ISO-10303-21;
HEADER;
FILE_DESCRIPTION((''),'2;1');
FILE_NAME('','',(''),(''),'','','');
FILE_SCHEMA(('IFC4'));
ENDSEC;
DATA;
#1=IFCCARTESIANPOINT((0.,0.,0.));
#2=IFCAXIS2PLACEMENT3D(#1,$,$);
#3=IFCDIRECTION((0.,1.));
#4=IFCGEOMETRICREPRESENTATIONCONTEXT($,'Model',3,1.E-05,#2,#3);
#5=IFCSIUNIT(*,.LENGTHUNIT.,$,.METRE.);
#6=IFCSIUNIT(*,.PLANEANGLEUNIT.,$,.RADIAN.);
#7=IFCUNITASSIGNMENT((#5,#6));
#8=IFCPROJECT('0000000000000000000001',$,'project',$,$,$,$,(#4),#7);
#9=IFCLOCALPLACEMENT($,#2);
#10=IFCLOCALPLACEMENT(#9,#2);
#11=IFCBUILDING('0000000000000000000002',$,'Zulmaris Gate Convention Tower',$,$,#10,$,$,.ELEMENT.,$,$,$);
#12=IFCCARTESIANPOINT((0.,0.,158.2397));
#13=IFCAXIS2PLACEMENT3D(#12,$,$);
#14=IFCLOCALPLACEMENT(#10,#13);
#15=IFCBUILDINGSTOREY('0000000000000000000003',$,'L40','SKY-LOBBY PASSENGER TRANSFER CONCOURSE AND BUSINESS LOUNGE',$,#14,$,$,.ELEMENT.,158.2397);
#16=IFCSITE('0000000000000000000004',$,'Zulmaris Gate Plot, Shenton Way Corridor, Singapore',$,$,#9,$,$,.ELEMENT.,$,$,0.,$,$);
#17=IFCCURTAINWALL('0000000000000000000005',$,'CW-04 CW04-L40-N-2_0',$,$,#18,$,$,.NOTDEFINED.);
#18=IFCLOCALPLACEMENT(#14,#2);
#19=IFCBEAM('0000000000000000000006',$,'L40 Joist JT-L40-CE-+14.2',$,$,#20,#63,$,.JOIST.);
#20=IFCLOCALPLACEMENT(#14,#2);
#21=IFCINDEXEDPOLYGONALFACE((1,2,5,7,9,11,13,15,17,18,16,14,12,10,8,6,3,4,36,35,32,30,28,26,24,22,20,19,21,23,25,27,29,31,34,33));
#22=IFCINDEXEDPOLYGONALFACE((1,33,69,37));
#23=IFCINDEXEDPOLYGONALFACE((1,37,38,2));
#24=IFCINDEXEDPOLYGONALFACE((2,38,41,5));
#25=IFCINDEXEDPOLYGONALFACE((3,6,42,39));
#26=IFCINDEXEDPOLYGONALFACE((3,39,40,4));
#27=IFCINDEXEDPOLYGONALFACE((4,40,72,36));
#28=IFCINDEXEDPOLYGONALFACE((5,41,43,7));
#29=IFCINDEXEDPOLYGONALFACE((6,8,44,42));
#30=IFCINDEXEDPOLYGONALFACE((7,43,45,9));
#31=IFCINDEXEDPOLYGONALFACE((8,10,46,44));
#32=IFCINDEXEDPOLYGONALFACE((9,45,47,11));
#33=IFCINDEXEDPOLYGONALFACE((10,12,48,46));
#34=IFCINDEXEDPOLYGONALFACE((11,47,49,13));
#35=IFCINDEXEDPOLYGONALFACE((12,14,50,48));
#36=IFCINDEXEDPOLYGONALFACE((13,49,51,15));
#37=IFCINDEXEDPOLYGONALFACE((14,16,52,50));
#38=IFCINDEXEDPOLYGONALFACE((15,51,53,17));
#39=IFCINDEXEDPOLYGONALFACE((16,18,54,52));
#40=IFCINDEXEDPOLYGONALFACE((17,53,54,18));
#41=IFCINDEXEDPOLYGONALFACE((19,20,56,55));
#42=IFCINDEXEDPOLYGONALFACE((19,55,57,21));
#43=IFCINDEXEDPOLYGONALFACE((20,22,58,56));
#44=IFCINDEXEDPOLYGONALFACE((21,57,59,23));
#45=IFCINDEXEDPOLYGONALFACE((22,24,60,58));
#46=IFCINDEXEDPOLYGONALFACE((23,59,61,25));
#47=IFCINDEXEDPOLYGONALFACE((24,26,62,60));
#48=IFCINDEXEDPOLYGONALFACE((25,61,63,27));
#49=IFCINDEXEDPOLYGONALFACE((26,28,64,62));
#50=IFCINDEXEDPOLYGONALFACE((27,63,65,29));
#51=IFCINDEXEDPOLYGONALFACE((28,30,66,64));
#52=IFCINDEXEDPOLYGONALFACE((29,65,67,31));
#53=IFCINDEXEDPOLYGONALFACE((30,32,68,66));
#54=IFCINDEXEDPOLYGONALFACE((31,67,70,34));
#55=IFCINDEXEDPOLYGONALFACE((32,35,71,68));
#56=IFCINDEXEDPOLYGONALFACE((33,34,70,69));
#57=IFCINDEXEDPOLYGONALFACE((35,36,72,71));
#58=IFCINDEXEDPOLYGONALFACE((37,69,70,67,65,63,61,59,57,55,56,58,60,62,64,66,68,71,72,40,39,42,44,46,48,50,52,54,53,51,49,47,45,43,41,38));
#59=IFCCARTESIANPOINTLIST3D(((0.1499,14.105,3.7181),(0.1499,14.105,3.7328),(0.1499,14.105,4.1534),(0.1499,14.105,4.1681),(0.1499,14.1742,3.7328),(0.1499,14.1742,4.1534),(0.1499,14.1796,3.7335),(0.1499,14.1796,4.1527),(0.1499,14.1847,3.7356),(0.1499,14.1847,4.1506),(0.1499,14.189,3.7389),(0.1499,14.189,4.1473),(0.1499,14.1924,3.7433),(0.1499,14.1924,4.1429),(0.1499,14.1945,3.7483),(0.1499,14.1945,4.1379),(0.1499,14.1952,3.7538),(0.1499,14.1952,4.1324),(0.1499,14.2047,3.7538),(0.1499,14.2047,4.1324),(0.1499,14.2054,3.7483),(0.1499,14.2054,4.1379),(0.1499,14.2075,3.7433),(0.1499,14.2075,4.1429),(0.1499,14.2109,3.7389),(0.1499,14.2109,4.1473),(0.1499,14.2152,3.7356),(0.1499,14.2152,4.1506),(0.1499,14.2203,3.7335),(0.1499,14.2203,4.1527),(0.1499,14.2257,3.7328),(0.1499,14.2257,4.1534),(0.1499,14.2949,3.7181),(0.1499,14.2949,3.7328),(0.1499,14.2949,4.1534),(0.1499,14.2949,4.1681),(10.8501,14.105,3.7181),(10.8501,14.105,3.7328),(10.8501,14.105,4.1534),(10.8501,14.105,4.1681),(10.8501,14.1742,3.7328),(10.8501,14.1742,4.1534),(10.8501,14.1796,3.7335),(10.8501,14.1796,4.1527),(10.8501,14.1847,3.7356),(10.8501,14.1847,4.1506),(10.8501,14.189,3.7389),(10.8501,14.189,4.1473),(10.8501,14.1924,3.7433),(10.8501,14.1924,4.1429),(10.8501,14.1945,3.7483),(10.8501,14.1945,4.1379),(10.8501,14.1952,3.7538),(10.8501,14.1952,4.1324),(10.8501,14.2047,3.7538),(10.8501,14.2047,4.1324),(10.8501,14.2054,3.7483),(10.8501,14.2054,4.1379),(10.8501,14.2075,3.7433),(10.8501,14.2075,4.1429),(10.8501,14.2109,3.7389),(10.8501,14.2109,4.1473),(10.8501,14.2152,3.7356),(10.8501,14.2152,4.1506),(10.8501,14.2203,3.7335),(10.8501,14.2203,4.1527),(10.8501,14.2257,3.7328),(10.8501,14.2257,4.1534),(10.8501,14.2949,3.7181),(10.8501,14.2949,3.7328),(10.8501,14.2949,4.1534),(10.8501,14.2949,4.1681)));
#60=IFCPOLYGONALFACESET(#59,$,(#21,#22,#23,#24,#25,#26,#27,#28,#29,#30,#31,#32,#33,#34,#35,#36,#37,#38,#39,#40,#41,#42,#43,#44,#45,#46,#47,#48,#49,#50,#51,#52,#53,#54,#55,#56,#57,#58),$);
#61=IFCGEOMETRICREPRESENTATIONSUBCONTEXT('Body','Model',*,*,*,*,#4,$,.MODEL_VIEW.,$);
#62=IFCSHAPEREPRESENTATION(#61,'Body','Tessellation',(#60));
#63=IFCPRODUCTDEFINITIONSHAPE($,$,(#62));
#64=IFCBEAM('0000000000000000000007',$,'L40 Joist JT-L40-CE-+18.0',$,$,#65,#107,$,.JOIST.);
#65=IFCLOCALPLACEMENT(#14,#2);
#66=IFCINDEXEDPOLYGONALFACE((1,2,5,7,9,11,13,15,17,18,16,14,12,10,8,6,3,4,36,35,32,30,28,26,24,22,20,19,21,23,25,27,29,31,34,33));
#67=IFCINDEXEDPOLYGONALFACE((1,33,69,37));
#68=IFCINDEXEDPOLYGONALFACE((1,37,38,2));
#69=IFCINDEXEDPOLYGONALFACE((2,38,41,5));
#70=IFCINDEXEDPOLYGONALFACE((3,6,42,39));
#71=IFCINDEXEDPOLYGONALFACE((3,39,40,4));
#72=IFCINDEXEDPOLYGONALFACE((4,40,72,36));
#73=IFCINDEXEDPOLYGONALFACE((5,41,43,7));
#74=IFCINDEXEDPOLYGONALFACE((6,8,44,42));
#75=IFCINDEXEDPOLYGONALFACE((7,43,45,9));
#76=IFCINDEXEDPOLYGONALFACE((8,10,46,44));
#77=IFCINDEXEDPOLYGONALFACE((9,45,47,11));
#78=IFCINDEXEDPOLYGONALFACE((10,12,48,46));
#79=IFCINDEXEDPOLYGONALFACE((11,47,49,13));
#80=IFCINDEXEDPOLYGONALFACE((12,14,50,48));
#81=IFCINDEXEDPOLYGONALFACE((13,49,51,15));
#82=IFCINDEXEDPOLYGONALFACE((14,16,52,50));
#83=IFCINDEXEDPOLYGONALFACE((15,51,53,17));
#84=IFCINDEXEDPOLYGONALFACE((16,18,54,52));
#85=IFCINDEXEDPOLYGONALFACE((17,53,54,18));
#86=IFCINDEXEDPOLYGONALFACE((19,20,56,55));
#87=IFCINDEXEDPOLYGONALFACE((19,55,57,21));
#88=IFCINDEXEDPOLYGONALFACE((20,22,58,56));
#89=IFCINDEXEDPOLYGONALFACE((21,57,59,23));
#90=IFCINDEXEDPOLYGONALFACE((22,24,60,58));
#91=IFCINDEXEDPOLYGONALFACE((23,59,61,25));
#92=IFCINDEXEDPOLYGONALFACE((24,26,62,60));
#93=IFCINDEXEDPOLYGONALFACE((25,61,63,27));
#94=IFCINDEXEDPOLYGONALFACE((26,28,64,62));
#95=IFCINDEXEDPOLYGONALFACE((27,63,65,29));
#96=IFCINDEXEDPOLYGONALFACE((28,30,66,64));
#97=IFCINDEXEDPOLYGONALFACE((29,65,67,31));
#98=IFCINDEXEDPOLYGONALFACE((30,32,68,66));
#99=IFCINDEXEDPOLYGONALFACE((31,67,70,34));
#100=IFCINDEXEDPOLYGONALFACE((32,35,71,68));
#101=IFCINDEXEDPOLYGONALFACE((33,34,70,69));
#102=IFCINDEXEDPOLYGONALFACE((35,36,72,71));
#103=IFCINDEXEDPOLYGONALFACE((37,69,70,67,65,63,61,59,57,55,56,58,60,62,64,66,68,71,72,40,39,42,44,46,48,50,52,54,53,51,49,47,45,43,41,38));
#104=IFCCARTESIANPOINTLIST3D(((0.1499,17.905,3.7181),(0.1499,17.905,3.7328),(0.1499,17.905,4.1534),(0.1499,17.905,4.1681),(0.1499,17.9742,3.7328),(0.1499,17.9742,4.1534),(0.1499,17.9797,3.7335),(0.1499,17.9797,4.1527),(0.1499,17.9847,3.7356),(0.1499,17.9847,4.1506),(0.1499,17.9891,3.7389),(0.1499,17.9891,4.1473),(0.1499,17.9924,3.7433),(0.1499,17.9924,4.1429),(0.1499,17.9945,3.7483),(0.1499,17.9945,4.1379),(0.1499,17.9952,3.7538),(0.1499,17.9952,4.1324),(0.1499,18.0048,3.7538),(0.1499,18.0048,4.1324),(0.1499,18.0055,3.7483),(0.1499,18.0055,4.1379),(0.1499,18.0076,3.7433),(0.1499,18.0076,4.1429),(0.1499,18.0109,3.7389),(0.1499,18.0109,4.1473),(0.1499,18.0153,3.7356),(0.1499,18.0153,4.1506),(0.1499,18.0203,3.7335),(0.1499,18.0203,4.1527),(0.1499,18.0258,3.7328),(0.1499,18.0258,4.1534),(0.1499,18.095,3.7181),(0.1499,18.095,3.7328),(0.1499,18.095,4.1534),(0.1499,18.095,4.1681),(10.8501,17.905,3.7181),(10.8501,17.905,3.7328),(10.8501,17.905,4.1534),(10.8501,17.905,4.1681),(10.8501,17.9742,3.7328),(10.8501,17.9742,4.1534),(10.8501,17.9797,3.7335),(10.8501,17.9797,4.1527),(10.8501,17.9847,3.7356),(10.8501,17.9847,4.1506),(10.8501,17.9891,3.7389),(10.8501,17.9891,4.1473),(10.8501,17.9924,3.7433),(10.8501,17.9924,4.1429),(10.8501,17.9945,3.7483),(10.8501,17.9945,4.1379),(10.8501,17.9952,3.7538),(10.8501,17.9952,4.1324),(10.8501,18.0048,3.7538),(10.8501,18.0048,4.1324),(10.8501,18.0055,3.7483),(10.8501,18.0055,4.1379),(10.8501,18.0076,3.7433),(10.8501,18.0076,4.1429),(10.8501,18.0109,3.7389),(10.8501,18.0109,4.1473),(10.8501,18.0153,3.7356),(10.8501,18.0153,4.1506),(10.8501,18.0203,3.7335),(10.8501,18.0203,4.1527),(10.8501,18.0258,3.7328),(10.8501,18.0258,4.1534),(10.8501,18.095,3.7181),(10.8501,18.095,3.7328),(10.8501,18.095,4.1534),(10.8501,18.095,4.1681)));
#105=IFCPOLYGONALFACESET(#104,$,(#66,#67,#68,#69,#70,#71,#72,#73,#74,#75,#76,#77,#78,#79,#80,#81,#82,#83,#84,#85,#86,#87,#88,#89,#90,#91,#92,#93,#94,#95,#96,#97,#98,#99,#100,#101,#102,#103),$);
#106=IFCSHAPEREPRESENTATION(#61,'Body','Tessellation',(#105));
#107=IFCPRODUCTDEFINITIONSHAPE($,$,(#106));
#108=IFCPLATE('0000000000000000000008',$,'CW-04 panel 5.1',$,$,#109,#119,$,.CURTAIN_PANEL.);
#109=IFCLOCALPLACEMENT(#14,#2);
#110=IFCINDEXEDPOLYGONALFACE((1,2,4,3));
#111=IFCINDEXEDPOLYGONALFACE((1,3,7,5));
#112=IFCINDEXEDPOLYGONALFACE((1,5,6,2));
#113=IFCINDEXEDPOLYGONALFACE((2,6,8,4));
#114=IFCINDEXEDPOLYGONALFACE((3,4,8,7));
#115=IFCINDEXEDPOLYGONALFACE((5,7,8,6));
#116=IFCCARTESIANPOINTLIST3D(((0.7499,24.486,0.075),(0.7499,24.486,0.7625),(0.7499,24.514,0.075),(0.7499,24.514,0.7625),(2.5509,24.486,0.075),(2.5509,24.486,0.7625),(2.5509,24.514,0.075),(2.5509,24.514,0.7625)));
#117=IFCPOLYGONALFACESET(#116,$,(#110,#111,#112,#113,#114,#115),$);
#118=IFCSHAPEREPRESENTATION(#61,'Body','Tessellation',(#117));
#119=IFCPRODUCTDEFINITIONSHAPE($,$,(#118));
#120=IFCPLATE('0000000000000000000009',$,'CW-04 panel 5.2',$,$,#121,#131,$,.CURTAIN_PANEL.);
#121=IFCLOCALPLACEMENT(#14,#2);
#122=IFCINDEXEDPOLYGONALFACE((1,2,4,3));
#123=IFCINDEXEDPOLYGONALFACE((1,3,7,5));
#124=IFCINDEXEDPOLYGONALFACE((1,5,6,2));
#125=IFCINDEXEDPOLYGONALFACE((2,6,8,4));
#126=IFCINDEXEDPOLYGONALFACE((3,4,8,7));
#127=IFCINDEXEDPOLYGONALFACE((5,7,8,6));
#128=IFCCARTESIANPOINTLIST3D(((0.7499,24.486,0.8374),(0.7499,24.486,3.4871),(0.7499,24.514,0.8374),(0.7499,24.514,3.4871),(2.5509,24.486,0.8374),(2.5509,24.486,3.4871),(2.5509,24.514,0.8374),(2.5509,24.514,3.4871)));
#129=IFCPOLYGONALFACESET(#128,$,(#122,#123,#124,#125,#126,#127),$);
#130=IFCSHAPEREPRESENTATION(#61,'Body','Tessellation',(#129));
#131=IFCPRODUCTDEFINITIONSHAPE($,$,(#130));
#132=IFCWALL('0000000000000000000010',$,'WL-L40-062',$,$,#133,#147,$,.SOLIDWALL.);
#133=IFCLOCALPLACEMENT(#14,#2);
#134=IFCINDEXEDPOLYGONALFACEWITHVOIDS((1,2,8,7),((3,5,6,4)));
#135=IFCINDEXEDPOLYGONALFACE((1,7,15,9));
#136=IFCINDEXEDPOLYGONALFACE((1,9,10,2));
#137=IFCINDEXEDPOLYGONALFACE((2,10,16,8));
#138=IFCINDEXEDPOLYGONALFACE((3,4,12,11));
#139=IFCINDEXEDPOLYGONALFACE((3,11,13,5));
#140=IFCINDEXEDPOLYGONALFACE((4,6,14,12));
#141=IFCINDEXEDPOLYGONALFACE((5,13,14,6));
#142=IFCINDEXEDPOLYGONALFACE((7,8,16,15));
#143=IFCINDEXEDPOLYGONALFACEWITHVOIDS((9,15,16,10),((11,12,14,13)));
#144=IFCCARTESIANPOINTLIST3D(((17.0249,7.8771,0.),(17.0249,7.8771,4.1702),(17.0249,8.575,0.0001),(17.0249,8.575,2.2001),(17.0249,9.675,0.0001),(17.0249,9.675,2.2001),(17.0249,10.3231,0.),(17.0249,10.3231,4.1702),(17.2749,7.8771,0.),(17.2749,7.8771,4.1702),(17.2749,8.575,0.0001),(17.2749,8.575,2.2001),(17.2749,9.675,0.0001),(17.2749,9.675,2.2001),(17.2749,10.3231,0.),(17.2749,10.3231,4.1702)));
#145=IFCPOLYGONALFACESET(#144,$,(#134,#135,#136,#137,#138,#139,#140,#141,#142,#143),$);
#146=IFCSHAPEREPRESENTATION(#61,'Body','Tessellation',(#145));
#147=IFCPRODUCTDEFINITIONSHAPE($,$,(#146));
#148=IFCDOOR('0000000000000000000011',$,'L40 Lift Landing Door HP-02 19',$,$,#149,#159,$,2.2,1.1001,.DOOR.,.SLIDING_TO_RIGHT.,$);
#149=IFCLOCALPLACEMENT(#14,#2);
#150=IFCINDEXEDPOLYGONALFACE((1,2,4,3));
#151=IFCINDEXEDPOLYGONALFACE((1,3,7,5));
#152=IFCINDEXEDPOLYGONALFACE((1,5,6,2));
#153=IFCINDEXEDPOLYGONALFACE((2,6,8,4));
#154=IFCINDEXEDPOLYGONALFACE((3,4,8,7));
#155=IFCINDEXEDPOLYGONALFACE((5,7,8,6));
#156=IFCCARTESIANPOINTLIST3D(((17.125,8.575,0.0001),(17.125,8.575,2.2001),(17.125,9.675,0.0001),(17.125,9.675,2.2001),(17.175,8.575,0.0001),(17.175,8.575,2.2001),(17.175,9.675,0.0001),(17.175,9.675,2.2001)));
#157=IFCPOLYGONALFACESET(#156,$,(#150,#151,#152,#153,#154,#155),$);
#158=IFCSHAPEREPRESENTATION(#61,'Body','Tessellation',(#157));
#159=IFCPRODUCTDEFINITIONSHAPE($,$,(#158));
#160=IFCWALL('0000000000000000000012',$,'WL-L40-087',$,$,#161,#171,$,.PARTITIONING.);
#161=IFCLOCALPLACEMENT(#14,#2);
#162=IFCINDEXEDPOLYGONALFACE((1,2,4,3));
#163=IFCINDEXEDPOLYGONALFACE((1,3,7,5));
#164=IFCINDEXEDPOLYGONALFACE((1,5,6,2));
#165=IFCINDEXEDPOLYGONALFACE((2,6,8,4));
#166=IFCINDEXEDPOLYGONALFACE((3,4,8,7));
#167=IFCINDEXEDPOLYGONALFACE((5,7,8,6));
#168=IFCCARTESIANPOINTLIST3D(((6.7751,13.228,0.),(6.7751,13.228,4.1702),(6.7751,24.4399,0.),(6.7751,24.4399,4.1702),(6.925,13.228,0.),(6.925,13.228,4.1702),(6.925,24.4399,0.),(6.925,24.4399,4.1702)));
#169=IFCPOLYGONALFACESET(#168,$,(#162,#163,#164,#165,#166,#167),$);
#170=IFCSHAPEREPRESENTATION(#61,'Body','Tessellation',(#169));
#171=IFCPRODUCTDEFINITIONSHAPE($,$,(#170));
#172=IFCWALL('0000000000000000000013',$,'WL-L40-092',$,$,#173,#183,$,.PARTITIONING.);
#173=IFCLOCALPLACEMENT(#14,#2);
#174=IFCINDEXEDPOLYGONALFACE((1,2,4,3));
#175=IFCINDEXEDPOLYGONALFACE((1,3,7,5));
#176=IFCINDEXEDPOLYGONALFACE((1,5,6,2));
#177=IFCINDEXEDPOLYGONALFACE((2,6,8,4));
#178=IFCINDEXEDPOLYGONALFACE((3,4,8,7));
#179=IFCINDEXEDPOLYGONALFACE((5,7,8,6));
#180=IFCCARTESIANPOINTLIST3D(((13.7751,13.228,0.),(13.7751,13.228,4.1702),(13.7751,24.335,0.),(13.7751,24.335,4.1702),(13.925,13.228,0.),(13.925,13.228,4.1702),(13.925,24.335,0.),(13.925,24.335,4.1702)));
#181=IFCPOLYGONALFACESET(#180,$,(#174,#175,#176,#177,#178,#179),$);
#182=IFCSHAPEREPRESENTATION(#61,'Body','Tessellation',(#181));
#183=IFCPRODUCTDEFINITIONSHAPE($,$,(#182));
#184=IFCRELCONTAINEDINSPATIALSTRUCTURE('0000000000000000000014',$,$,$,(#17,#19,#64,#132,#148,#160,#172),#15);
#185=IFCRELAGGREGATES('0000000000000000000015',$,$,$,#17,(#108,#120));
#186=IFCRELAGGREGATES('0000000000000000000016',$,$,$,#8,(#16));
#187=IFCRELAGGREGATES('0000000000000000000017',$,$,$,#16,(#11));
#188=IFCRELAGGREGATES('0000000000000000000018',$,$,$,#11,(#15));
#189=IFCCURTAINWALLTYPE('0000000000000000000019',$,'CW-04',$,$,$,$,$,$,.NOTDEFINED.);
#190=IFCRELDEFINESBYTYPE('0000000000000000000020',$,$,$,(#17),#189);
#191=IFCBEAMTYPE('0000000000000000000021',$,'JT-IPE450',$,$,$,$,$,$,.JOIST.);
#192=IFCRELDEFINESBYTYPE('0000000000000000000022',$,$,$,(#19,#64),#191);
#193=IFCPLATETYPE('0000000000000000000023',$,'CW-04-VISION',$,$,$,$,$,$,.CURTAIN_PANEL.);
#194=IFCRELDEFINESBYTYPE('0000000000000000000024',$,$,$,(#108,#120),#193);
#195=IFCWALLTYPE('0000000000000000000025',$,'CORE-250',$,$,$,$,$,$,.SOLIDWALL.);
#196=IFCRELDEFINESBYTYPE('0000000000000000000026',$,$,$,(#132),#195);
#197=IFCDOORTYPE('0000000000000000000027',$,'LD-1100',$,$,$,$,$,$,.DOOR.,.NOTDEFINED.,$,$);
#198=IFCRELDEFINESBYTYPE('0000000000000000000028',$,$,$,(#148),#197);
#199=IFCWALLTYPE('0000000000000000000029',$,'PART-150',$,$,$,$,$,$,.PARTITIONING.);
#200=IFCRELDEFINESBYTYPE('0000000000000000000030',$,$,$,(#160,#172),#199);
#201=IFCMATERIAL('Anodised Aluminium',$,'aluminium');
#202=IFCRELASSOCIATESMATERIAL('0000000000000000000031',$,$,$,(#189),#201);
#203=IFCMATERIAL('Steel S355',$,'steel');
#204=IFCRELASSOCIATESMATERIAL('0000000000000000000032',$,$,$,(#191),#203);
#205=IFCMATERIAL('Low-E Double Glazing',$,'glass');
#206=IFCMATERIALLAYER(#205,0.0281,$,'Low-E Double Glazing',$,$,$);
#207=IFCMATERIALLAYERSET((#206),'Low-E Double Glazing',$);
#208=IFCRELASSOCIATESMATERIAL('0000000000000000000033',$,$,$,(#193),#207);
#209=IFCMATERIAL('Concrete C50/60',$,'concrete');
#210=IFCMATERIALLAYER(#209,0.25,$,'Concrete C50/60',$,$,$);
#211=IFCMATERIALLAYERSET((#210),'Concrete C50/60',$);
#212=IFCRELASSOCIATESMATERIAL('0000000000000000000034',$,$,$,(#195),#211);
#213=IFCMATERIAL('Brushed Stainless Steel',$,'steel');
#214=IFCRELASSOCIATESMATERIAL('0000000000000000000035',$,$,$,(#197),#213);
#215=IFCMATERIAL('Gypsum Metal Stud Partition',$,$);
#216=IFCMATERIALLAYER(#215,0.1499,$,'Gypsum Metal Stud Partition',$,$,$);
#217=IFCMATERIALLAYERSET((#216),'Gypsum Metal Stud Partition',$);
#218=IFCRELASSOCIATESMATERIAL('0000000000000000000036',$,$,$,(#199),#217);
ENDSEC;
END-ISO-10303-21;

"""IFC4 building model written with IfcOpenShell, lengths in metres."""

from ifc_helpers import new_model, si_unit, direction, frame, frame_2d, origin, origin_2d, place, context, subcontext, project, spatial, rectangle, i_section, extrude, material, layer, layer_set, material_profile, profile_set, type_object, element, fill, aggregate, save


model = new_model("IFC4")

# Units and contexts
model_context = context("Model", 3, precision=1e-05, world=origin(), true_north=direction((0.0, 1.0)))
body_context = subcontext(model_context, "Body", "Model", "MODEL_VIEW")
ifc_project = project(units=[si_unit("LENGTHUNIT", "METRE"), si_unit("PLANEANGLEUNIT", "RADIAN")], contexts=[model_context])

# Site, building, storey
site_placement = place(None, origin())
site = spatial("IfcSite", under=ifc_project, at=site_placement, Name="Zulmaris Gate Plot, Shenton Way Corridor, Singapore", CompositionType="ELEMENT", RefElevation=0.0)
building_placement = place(site_placement, origin())
building = spatial("IfcBuilding", under=site, at=building_placement, Name="Zulmaris Gate Convention Tower", CompositionType="ELEMENT")
storey_placement = place(building_placement, frame((0.0, 0.0, 158.2397)))
storey = spatial("IfcBuildingStorey", under=building, at=storey_placement, Name="L40", Description="SKY-LOBBY PASSENGER TRANSFER CONCOURSE AND BUSINESS LOUNGE", CompositionType="ELEMENT", Elevation=158.2397)

# Shared definitions
ifc_material_1 = material(Name="Steel S355", Category="steel")

# Curtain wall
ifc_material_2 = material(Name="Anodised Aluminium", Category="aluminium")
curtain_wall_type = type_object("IfcCurtainWallType", Name="CW-04", PredefinedType="NOTDEFINED", material=ifc_material_2)
curtain_wall_placement = place(storey_placement, origin())
curtain_wall = element("IfcCurtainWall", 1, at=curtain_wall_placement, inside=storey, type_object=curtain_wall_type, Name="CW-04 CW04-L40-N-2_0", PredefinedType="NOTDEFINED")

# Beams
ifc_material_profile_1 = material_profile(ifc_material_1, i_section(OverallWidth=0.1899, OverallDepth=0.45, WebThickness=0.0095, FlangeThickness=0.0146, FilletRadius=0.021, at=origin_2d()), Name="IPE 450")
ifc_profile_set_1 = profile_set([ifc_material_profile_1], Name="Steel S355")
beam_type_1 = type_object("IfcBeamType", Name="JT-IPE450", PredefinedType="JOIST", material=ifc_profile_set_1)
for number, where, z_axis, x_axis, name in (
    (2, (0.1499, 14.2, 3.9431), (1.0, 0.0, 0.0), (0.0, 1.0, 0.0), "L40 Joist JT-L40-CE-+14.2"),
    (3, (0.1499, 18.0, 3.9431), (1.0, 0.0, 0.0), (0.0, 1.0, 0.0), "L40 Joist JT-L40-CE-+18.0"),
):
    element("IfcBeam", number, at=place(storey_placement, frame(where, z_axis=z_axis, x_axis=x_axis)), inside=storey, type_object=beam_type_1, Name=name, PredefinedType="JOIST", context=body_context, shape_type="SweptSolid", body=[
        extrude(i_section(OverallWidth=0.1899, OverallDepth=0.45, WebThickness=0.0095, FlangeThickness=0.0146, FilletRadius=0.021, at=origin_2d()), origin(), (0.0, 0.0, 1.0), 10.7002),
    ])

# Plates
ifc_material_3 = material(Name="Low-E Double Glazing", Category="glass")
ifc_layer_1 = layer(ifc_material_3, 0.0281, Name="Low-E Double Glazing")
ifc_layer_set_1 = layer_set([ifc_layer_1], Name="Low-E Double Glazing")
plate_type = type_object("IfcPlateType", Name="CW-04-VISION", PredefinedType="CURTAIN_PANEL", material=ifc_layer_set_1)
plate_1_placement = place(storey_placement, frame((1.6504, 24.5, 0.075), z_axis=(0.0, 0.0, 1.0), x_axis=(-1.0, 0.0, 0.0)))
plate_1 = element("IfcPlate", 4, at=plate_1_placement, type_object=plate_type, Name="CW-04 panel 5.1", PredefinedType="CURTAIN_PANEL", context=body_context, shape_type="SweptSolid", body=[
    extrude(rectangle(XDim=1.801, YDim=0.0281, at=origin_2d()), origin(), (0.0, 0.0, 1.0), 0.6875),
])
plate_2_placement = place(storey_placement, frame((1.6504, 24.5, 0.8374), z_axis=(0.0, 0.0, 1.0), x_axis=(-1.0, 0.0, 0.0)))
plate_2 = element("IfcPlate", 5, at=plate_2_placement, type_object=plate_type, Name="CW-04 panel 5.2", PredefinedType="CURTAIN_PANEL", context=body_context, shape_type="SweptSolid", body=[
    extrude(rectangle(XDim=1.801, YDim=0.0281, at=origin_2d()), origin(), (0.0, 0.0, 1.0), 2.6497),
])
aggregate(curtain_wall, [plate_1, plate_2])

# Wall, opening, door
ifc_material_4 = material(Name="Concrete C50/60", Category="concrete")
ifc_layer_2 = layer(ifc_material_4, 0.25, Name="Concrete C50/60")
ifc_layer_set_2 = layer_set([ifc_layer_2], Name="Concrete C50/60")
wall_type_1 = type_object("IfcWallType", Name="CORE-250", PredefinedType="SOLIDWALL", material=ifc_layer_set_2)
wall_1_placement = place(storey_placement, frame((17.1499, 7.877, 0.0), z_axis=(0.0, 0.0, 1.0), x_axis=(0.0, 1.0, 0.0)))
wall_1 = element("IfcWall", 6, at=wall_1_placement, inside=storey, type_object=wall_type_1, Name="WL-L40-062", PredefinedType="SOLIDWALL", context=body_context, shape_type="SweptSolid", body=[
    extrude(rectangle(XDim=2.446, YDim=0.25, at=frame_2d((1.2231, 0.0))), origin(), (0.0, 0.0, 1.0), 4.1702),
])
opening_1_placement = place(wall_1_placement, frame((0.698, 0.0, 0.0)))
opening_1 = element("IfcOpeningElement", 7, at=opening_1_placement, cuts=wall_1, PredefinedType="OPENING", context=body_context, shape_type="SweptSolid", body=[
    extrude(rectangle(XDim=1.1001, YDim=2.2, at=frame_2d((0.55, 1.1001))), frame((0.0, 0.135, 0.0), z_axis=(0.0, -1.0, 0.0), x_axis=(1.0, 0.0, 0.0)), (0.0, 0.0, 1.0), 0.27),
])
ifc_material_5 = material(Name="Brushed Stainless Steel", Category="steel")
door_type_1 = type_object("IfcDoorType", Name="LD-1100", OperationType="NOTDEFINED", PredefinedType="DOOR", material=ifc_material_5)
door_1_placement = place(opening_1_placement, origin())
door_1 = element("IfcDoor", 8, at=door_1_placement, inside=storey, type_object=door_type_1, Name="L40 Lift Landing Door HP-02 19", OperationType="SLIDING_TO_RIGHT", OverallHeight=2.2, OverallWidth=1.1001, PredefinedType="DOOR", context=body_context, shape_type="SweptSolid", body=[
    extrude(rectangle(XDim=1.1001, YDim=2.2, at=frame_2d((0.55, 1.1001))), frame((0.0, 0.0249, 0.0), z_axis=(0.0, -1.0, 0.0), x_axis=(1.0, 0.0, 0.0)), (0.0, 0.0, 1.0), 0.05),
])
fill(opening_1, door_1)

# Walls
ifc_material_6 = material(Name="Gypsum Metal Stud Partition")
ifc_layer_3 = layer(ifc_material_6, 0.1499, Name="Gypsum Metal Stud Partition")
ifc_layer_set_3 = layer_set([ifc_layer_3], Name="Gypsum Metal Stud Partition")
wall_type_2 = type_object("IfcWallType", Name="PART-150", PredefinedType="PARTITIONING", material=ifc_layer_set_3)
wall_2_placement = place(storey_placement, frame((6.8501, 13.228, 0.0), z_axis=(0.0, 0.0, 1.0), x_axis=(0.0, 1.0, 0.0)))
element("IfcWall", 9, at=wall_2_placement, inside=storey, type_object=wall_type_2, Name="WL-L40-087", PredefinedType="PARTITIONING", context=body_context, shape_type="SweptSolid", body=[
    extrude(rectangle(XDim=11.2119, YDim=0.1499, at=frame_2d((5.606, 0.0))), origin(), (0.0, 0.0, 1.0), 4.1702),
])
wall_3_placement = place(storey_placement, frame((13.8501, 13.228, 0.0), z_axis=(0.0, 0.0, 1.0), x_axis=(0.0, 1.0, 0.0)))
element("IfcWall", 10, at=wall_3_placement, inside=storey, type_object=wall_type_2, Name="WL-L40-092", PredefinedType="PARTITIONING", context=body_context, shape_type="SweptSolid", body=[
    extrude(rectangle(XDim=11.1069, YDim=0.1499, at=frame_2d((5.5535, 0.0))), origin(), (0.0, 0.0, 1.0), 4.1702),
])

save(model, "model.ifc")
